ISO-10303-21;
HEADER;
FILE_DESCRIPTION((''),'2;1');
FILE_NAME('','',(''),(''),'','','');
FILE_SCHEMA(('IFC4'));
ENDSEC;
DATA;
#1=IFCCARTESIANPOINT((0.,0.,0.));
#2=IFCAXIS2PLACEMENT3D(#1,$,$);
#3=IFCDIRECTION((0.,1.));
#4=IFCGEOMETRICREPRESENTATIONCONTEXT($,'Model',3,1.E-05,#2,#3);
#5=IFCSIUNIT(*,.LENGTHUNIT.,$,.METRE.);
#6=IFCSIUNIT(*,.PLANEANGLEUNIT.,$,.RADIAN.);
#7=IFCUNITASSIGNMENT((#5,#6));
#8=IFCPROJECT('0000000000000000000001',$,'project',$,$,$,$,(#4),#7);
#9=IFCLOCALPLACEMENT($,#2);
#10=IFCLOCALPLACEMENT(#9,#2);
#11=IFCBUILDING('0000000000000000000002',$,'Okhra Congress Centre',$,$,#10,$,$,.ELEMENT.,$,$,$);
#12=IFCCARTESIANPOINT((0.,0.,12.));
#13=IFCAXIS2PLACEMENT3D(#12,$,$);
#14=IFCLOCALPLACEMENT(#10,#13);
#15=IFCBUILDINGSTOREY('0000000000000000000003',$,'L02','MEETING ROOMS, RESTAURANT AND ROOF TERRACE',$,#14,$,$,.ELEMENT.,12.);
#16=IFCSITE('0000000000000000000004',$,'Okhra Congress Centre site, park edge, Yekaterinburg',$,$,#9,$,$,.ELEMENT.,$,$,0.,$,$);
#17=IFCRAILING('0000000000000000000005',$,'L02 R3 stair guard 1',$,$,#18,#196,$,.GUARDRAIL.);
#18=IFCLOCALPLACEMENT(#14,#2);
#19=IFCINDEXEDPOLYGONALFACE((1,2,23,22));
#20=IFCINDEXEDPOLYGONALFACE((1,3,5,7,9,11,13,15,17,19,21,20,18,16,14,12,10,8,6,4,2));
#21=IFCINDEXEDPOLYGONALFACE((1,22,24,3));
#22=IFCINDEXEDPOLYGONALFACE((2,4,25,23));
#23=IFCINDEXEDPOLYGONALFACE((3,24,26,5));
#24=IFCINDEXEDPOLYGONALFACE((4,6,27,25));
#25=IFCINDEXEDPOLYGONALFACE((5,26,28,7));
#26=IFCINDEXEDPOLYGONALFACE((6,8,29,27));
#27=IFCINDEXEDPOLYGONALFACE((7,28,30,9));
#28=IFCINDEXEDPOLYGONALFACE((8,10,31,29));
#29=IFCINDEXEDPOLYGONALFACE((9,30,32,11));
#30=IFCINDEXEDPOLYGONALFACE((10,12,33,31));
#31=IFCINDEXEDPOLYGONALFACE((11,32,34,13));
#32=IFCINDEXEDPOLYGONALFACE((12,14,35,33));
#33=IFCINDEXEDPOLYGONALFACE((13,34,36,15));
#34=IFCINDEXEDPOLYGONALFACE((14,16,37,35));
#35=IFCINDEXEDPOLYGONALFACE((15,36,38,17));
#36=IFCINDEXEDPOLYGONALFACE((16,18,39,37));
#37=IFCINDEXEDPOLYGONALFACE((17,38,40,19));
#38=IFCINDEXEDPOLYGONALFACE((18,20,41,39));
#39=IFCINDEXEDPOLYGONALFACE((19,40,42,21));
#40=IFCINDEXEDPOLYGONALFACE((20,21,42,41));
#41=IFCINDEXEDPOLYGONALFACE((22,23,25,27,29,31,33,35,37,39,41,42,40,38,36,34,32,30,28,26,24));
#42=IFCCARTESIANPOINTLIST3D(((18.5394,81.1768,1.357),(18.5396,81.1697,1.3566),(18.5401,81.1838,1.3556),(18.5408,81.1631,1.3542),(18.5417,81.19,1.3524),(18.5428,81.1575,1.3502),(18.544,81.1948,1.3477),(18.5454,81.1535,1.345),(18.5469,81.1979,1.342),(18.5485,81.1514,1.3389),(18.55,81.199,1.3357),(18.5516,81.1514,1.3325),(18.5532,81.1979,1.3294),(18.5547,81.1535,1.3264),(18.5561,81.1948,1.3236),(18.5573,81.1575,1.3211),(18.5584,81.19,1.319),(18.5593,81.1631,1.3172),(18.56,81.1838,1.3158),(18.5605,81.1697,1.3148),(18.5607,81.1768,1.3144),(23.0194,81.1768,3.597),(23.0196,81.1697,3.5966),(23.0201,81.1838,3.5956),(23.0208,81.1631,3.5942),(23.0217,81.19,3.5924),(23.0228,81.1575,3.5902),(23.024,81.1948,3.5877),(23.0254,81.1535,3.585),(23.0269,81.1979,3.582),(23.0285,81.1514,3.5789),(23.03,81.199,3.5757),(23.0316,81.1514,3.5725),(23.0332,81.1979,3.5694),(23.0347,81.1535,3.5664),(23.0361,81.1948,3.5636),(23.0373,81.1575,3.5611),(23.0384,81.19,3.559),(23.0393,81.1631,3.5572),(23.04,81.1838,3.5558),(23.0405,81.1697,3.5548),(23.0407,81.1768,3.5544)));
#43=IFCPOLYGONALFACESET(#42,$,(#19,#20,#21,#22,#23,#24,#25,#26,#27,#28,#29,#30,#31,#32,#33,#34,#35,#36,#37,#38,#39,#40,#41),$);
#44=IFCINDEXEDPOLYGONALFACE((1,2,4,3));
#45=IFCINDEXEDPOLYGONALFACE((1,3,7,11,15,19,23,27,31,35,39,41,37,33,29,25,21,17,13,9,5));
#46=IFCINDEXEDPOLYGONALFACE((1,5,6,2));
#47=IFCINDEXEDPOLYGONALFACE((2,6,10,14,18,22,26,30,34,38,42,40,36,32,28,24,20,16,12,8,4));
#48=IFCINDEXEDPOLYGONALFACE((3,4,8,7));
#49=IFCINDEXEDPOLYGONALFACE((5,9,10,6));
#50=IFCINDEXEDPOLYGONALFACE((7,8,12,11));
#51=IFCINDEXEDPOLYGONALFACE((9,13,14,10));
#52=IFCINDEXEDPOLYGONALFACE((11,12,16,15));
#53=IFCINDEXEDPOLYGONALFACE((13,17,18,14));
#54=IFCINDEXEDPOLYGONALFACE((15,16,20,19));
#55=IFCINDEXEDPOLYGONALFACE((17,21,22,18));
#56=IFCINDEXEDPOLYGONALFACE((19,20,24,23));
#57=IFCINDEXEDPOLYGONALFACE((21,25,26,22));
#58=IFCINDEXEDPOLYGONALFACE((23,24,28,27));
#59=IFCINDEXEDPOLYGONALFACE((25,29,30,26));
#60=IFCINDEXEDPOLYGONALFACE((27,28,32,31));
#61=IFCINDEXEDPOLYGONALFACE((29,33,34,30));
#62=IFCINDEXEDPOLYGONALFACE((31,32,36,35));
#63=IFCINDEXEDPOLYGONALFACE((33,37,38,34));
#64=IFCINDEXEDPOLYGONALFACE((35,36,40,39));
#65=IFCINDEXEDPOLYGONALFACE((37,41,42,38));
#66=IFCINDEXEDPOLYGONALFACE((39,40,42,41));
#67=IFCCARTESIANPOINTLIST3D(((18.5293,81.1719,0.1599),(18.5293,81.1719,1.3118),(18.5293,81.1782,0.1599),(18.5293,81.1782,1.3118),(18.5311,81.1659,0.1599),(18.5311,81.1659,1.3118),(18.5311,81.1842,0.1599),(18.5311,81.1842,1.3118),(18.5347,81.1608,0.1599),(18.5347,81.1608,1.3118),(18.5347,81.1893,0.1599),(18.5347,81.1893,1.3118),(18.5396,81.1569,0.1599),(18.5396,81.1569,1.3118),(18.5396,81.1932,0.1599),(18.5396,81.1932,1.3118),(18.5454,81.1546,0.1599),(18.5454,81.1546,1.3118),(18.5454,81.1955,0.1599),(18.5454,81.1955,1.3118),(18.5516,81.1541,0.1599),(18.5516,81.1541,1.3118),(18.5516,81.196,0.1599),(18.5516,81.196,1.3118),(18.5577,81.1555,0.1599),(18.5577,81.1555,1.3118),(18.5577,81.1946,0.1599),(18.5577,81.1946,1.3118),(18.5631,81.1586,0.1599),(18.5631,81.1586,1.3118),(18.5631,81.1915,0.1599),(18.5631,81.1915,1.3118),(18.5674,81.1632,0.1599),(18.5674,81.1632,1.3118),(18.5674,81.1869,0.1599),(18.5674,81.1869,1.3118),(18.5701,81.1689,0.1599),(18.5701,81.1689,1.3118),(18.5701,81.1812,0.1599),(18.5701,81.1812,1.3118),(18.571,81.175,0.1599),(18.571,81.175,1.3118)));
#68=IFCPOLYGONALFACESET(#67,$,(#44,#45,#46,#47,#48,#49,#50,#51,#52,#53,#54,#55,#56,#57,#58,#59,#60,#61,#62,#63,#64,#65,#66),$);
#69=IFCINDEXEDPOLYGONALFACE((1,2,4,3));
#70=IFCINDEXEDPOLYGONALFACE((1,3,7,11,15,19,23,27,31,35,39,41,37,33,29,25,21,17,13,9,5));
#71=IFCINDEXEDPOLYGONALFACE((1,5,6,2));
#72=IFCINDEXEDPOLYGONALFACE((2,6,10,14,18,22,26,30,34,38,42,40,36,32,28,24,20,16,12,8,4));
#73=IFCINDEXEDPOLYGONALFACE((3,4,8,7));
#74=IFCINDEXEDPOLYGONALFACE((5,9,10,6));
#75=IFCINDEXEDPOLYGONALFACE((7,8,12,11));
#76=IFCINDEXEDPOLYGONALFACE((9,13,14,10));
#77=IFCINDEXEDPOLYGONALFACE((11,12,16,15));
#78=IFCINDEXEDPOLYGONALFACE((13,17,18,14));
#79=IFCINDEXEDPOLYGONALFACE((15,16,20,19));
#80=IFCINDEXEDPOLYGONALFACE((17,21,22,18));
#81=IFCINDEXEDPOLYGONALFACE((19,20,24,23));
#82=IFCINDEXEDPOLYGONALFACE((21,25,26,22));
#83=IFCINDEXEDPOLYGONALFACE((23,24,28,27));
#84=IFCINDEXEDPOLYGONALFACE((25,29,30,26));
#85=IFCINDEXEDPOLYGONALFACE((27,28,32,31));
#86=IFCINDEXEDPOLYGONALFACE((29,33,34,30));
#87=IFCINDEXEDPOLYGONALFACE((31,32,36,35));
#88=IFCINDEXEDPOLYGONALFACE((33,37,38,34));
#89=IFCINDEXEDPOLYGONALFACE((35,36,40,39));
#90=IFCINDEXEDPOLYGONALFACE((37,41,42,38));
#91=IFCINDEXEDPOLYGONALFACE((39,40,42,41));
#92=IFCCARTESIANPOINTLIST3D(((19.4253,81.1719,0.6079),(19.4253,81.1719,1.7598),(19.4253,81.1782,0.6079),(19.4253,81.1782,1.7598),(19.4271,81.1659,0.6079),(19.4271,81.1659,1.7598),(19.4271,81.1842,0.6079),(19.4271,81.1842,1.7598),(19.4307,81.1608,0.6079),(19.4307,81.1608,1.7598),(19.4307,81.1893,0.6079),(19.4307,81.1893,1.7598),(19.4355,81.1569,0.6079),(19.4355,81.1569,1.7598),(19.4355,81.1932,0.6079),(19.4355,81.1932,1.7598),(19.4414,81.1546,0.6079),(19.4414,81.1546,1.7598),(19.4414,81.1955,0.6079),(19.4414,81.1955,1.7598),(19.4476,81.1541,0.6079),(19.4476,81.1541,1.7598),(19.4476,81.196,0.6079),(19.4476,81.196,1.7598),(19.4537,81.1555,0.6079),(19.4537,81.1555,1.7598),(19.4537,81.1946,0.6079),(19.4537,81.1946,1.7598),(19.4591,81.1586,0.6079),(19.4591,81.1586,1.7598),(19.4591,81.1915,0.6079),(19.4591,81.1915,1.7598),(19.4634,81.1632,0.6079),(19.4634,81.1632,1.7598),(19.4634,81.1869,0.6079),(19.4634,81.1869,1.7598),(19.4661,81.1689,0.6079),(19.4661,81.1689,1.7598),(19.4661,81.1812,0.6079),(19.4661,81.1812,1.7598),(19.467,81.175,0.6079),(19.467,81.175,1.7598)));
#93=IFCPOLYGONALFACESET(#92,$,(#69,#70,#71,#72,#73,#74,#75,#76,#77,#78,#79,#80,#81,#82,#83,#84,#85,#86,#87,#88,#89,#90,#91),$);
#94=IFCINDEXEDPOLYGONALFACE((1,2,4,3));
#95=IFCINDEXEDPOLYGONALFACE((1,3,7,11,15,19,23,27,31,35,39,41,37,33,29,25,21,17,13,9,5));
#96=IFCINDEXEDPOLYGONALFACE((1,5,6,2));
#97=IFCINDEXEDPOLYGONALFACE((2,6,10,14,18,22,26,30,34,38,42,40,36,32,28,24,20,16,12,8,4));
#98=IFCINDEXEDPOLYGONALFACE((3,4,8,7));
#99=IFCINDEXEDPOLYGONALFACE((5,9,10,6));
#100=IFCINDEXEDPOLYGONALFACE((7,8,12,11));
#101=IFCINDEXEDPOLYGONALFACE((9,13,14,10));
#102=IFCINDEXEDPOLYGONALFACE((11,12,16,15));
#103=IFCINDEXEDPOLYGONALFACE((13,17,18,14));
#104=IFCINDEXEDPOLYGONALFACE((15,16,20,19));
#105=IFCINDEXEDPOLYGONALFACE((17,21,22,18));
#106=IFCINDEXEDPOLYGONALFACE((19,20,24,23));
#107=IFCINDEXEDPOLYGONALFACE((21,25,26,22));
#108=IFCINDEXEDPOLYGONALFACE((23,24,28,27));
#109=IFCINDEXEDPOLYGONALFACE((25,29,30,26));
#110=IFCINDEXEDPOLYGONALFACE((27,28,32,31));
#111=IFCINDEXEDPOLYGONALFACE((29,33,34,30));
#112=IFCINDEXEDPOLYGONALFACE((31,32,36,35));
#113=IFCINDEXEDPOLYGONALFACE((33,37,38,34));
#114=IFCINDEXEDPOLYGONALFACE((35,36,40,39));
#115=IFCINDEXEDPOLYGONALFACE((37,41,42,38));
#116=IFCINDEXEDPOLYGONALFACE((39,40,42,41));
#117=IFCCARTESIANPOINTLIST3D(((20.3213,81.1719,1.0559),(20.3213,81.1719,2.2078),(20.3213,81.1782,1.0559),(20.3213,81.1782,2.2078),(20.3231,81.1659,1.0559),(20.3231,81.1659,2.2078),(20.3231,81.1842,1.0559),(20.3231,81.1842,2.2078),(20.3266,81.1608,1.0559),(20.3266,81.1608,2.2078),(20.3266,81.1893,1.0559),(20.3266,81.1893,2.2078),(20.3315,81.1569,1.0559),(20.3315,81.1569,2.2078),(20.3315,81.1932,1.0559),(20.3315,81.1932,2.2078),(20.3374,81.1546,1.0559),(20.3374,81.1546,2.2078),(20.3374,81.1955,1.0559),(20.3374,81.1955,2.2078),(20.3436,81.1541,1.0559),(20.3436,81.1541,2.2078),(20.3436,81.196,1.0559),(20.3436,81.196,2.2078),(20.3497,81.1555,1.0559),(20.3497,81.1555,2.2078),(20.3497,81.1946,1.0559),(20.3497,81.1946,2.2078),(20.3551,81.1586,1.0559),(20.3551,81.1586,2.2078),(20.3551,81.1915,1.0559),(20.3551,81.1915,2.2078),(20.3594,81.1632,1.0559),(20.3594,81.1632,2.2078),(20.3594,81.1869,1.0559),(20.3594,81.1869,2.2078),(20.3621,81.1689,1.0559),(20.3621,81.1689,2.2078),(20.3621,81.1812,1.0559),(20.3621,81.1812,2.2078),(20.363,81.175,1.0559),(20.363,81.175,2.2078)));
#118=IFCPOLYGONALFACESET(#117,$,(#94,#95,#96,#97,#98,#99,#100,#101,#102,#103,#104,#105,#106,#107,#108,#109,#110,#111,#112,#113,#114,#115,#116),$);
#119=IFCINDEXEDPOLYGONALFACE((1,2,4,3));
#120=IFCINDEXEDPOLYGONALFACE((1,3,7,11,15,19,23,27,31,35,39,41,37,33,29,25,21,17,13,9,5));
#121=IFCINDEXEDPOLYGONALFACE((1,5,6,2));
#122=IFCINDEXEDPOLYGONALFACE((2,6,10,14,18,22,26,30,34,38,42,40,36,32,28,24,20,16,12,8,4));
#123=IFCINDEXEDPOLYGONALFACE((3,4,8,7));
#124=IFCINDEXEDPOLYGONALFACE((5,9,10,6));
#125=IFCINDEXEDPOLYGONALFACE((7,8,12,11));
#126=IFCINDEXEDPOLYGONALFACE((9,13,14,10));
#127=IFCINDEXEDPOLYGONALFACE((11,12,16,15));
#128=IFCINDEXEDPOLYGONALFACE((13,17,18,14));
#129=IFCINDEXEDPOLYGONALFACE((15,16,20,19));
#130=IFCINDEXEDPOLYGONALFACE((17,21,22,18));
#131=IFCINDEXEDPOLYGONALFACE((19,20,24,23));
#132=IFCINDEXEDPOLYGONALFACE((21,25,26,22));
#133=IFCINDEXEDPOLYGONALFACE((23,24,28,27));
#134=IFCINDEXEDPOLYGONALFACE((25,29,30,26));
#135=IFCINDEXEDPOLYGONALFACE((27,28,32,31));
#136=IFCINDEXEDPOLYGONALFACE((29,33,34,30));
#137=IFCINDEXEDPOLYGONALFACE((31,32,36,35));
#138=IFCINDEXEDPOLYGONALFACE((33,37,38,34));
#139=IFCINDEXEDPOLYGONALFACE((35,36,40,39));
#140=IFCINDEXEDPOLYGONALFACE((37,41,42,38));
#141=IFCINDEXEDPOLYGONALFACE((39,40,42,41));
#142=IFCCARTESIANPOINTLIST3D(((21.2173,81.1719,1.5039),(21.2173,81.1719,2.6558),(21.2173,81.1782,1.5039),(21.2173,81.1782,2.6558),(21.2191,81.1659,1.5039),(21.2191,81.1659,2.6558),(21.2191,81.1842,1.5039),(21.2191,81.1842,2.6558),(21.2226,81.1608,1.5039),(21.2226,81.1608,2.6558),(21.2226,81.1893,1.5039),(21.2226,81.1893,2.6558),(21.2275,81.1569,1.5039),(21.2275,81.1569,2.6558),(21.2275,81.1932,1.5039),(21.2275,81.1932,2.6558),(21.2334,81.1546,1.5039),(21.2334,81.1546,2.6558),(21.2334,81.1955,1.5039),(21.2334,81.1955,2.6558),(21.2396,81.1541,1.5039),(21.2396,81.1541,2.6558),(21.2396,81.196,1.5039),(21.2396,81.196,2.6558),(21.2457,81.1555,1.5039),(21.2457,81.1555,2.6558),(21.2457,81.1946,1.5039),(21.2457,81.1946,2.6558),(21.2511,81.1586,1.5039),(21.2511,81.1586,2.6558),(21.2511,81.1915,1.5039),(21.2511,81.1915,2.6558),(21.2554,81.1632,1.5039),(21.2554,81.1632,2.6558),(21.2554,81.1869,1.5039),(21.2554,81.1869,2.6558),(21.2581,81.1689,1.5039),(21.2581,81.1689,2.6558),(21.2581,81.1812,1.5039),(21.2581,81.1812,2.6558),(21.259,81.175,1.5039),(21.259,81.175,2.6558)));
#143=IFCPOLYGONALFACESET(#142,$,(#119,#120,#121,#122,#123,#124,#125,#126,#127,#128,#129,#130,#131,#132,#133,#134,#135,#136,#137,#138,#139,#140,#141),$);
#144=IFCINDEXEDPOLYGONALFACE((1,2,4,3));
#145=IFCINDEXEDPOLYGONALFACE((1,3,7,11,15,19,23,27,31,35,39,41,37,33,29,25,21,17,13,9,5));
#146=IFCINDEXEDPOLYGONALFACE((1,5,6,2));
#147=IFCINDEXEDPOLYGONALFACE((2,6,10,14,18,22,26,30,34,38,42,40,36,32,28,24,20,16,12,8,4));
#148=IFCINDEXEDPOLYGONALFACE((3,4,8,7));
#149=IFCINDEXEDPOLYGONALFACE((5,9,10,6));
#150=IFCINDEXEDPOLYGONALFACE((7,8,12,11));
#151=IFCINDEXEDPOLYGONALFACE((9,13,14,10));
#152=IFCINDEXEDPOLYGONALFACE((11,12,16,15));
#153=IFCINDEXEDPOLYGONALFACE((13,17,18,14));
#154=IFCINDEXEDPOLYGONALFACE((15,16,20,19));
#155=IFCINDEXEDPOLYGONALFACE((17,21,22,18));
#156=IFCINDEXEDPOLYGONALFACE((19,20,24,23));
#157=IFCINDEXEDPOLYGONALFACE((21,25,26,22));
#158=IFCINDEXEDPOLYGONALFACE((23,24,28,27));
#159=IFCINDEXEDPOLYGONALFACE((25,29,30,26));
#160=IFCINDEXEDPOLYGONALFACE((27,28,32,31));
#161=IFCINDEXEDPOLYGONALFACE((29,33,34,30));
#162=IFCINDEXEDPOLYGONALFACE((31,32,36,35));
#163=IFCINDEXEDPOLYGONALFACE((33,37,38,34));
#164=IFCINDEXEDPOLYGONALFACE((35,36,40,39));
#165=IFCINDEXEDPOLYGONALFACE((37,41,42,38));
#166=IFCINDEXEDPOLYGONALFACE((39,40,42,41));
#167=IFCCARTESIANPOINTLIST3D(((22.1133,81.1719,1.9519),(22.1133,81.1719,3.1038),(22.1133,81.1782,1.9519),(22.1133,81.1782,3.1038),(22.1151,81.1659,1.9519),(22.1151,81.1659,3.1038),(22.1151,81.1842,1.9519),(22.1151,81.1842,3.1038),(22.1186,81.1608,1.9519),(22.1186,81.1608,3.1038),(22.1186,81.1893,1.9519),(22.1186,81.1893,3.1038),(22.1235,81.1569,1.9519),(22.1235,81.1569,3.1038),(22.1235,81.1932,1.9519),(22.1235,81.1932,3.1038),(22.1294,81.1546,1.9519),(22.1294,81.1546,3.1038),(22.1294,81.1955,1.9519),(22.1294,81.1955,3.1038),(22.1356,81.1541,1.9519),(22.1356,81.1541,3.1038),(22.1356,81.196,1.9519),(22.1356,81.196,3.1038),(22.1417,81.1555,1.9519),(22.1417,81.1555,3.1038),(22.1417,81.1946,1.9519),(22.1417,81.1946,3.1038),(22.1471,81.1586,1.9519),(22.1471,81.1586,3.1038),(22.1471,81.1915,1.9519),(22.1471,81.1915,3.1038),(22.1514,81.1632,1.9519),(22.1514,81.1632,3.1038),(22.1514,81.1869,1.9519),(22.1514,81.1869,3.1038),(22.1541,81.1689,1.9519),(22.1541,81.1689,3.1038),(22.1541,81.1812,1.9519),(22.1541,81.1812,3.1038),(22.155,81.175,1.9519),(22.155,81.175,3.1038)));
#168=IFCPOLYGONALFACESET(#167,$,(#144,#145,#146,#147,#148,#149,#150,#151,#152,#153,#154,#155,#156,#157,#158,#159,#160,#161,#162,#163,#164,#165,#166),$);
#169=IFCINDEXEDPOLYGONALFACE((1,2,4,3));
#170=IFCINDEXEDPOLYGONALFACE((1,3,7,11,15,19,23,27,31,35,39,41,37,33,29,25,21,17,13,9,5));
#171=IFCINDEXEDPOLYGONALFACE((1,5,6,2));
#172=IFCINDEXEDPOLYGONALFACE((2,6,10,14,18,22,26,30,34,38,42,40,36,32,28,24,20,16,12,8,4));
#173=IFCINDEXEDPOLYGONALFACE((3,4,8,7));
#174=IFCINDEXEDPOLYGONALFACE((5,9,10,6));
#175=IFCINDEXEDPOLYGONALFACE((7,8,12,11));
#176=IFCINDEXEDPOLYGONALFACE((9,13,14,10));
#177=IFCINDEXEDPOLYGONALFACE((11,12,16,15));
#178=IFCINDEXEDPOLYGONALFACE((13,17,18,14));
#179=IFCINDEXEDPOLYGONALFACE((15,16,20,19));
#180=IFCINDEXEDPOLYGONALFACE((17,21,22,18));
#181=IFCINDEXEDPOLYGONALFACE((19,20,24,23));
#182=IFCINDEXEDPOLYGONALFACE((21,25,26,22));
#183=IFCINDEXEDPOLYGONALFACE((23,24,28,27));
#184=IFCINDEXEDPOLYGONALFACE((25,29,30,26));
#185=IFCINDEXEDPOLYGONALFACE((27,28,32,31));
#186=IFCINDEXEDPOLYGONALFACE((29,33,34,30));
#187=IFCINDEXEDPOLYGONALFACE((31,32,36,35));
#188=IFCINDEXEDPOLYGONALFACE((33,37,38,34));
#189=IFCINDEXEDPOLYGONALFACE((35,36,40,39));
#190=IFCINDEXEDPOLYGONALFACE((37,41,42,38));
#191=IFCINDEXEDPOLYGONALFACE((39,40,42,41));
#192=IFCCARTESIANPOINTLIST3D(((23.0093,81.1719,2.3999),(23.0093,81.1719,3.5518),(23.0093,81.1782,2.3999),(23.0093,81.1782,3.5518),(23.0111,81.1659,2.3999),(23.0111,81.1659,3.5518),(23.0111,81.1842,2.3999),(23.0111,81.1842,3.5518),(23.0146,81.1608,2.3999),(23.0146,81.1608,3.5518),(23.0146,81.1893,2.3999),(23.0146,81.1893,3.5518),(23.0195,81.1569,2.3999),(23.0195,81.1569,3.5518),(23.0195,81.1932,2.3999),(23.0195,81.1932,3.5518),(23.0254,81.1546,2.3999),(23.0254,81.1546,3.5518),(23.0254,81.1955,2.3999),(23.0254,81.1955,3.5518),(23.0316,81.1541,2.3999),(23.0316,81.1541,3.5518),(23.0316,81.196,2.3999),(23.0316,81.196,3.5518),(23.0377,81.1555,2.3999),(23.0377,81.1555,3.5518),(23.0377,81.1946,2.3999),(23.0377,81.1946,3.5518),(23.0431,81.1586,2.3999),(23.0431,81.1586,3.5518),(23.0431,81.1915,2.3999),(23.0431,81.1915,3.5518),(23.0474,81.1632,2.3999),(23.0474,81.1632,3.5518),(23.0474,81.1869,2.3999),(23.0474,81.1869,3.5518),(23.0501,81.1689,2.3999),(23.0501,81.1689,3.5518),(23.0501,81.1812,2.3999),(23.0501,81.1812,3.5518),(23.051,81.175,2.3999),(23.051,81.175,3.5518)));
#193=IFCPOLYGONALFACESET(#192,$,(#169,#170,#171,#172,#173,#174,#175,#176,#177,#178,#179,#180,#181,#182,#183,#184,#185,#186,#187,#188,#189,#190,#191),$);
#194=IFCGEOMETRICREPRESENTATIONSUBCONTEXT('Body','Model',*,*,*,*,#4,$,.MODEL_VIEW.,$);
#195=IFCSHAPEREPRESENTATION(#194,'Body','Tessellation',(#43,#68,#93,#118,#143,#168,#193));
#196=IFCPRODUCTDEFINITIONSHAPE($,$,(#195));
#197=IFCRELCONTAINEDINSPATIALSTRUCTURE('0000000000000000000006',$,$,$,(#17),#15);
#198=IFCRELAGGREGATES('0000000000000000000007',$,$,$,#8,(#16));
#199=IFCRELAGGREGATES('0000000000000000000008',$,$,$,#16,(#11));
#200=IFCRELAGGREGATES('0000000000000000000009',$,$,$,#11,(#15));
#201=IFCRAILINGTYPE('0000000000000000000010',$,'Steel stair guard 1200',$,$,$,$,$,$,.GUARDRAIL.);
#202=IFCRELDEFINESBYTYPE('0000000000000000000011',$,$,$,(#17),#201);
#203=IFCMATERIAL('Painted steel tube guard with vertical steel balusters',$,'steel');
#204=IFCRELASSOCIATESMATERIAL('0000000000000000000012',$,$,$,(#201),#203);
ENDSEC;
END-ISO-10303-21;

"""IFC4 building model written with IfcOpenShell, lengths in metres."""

from ifc_helpers import new_model, si_unit, direction, frame, origin, origin_2d, place, context, subcontext, project, spatial, circle, extrude, material, type_object, element, save


model = new_model("IFC4")

# Units and contexts
model_context = context("Model", 3, precision=1e-05, world=origin(), true_north=direction((0.0, 1.0)))
body_context = subcontext(model_context, "Body", "Model", "MODEL_VIEW")
ifc_project = project(units=[si_unit("LENGTHUNIT", "METRE"), si_unit("PLANEANGLEUNIT", "RADIAN")], contexts=[model_context])

# Site, building, storey
site_placement = place(None, origin())
site = spatial("IfcSite", under=ifc_project, at=site_placement, Name="Okhra Congress Centre site, park edge, Yekaterinburg", CompositionType="ELEMENT", RefElevation=0.0)
building_placement = place(site_placement, origin())
building = spatial("IfcBuilding", under=site, at=building_placement, Name="Okhra Congress Centre", CompositionType="ELEMENT")
storey_placement = place(building_placement, frame((0.0, 0.0, 12.0)))
storey = spatial("IfcBuildingStorey", under=building, at=storey_placement, Name="L02", Description="MEETING ROOMS, RESTAURANT AND ROOF TERRACE", CompositionType="ELEMENT", Elevation=12.0)

# Railing
ifc_material_1 = material(Name="Painted steel tube guard with vertical steel balusters", Category="steel")
railing_type_1 = type_object("IfcRailingType", Name="Steel stair guard 1200", PredefinedType="GUARDRAIL", material=ifc_material_1)
railing_1_placement = place(storey_placement, frame((18.55, 81.175, 0.1599)))
element("IfcRailing", 1, at=railing_1_placement, inside=storey, type_object=railing_type_1, Name="L02 R3 stair guard 1", PredefinedType="GUARDRAIL", context=body_context, shape_type="SweptSolid", body=[
    extrude(circle(Radius=0.0239, at=origin_2d()), frame((0.0, 0.0, 1.1758), z_axis=(0.894427, 0.0, 0.447214), x_axis=(0.0, 1.0, 0.0)), (0.0, 0.0, 1.0), 5.0088),
    extrude(circle(Radius=0.021, at=origin_2d()), origin(), (0.0, 0.0, 1.0), 1.1519),
    extrude(circle(Radius=0.021, at=origin_2d()), frame((0.896, 0.0, 0.448)), (0.0, 0.0, 1.0), 1.1519),
    extrude(circle(Radius=0.021, at=origin_2d()), frame((1.792, 0.0, 0.896)), (0.0, 0.0, 1.0), 1.1519),
    extrude(circle(Radius=0.021, at=origin_2d()), frame((2.688, 0.0, 1.344)), (0.0, 0.0, 1.0), 1.1519),
    extrude(circle(Radius=0.021, at=origin_2d()), frame((3.584, 0.0, 1.792)), (0.0, 0.0, 1.0), 1.1519),
    extrude(circle(Radius=0.021, at=origin_2d()), frame((4.48, 0.0, 2.24)), (0.0, 0.0, 1.0), 1.1519),
])

save(model, "model.ifc")
